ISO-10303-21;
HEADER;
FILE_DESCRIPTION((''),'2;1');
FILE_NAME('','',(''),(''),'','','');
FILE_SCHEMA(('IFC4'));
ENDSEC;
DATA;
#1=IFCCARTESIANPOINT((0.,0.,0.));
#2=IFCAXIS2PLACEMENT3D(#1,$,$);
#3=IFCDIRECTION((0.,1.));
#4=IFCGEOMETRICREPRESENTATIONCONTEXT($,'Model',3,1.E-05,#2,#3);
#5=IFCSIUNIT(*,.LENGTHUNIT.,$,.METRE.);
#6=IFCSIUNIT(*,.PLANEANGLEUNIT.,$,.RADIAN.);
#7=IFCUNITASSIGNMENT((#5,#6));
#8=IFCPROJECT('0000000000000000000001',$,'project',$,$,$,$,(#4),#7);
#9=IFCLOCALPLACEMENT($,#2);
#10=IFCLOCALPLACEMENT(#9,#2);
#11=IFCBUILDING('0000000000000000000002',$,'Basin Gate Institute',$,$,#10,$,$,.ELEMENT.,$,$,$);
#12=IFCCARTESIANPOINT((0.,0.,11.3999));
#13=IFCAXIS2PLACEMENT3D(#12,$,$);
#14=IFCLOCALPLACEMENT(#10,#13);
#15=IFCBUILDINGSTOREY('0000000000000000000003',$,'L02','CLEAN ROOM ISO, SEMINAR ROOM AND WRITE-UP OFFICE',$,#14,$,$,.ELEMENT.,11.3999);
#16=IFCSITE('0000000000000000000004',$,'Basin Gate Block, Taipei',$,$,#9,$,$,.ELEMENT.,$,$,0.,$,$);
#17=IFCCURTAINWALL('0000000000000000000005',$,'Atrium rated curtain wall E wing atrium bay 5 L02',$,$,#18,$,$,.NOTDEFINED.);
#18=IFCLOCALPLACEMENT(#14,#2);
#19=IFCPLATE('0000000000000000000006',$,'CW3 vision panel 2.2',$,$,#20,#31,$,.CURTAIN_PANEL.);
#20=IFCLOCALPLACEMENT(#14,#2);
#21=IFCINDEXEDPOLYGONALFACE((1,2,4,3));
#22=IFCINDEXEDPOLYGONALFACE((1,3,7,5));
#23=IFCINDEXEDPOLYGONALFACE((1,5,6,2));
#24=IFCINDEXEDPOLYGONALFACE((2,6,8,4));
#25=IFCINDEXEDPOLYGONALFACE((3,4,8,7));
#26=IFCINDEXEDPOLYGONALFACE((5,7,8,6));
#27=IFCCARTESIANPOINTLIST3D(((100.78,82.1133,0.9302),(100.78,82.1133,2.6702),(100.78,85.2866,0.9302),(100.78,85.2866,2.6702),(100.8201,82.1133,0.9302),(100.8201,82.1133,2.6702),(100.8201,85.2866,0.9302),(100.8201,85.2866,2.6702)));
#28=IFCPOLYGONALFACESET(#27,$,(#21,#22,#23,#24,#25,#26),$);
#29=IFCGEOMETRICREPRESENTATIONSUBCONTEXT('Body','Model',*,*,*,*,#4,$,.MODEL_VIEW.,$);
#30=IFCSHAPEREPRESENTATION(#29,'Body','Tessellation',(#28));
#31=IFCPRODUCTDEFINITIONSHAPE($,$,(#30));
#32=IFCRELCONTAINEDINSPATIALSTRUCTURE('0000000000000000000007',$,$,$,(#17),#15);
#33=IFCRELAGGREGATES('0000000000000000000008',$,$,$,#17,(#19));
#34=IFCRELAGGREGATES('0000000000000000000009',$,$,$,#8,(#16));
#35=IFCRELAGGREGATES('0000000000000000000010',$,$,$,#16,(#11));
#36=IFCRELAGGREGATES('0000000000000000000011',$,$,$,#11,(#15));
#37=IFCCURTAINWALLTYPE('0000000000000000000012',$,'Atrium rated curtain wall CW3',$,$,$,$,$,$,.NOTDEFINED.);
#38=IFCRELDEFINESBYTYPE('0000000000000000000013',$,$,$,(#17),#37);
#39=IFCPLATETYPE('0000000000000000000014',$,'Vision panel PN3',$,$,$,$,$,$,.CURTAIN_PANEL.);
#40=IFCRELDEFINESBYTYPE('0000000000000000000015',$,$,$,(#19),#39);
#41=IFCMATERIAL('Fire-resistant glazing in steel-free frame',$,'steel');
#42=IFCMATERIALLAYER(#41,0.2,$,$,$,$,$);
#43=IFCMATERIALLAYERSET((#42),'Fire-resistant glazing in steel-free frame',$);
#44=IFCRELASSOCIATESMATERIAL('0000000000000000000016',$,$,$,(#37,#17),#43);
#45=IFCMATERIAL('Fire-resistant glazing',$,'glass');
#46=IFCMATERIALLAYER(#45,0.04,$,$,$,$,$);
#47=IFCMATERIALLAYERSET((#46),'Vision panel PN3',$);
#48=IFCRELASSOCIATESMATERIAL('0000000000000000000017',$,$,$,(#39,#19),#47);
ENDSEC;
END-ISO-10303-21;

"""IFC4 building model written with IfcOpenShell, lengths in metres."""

from ifc_helpers import new_model, si_unit, direction, frame, origin, origin_2d, place, context, subcontext, project, spatial, rectangle, extrude, material, layer, layer_set, type_object, element, aggregate, save


model = new_model("IFC4")

# Units and contexts
model_context = context("Model", 3, precision=1e-05, world=origin(), true_north=direction((0.0, 1.0)))
body_context = subcontext(model_context, "Body", "Model", "MODEL_VIEW")
ifc_project = project(units=[si_unit("LENGTHUNIT", "METRE"), si_unit("PLANEANGLEUNIT", "RADIAN")], contexts=[model_context])

# Site, building, storey
site_placement = place(None, origin())
site = spatial("IfcSite", under=ifc_project, at=site_placement, Name="Basin Gate Block, Taipei", CompositionType="ELEMENT", RefElevation=0.0)
building_placement = place(site_placement, origin())
building = spatial("IfcBuilding", under=site, at=building_placement, Name="Basin Gate Institute", CompositionType="ELEMENT")
storey_placement = place(building_placement, frame((0.0, 0.0, 11.3999)))
storey = spatial("IfcBuildingStorey", under=building, at=storey_placement, Name="L02", Description="CLEAN ROOM ISO, SEMINAR ROOM AND WRITE-UP OFFICE", CompositionType="ELEMENT", Elevation=11.3999)

# Curtain wall
ifc_material_1 = material(Name="Fire-resistant glazing in steel-free frame", Category="steel")
ifc_layer_1 = layer(ifc_material_1, 0.2)
ifc_layer_set_1 = layer_set([ifc_layer_1], Name="Fire-resistant glazing in steel-free frame")
curtain_wall_type = type_object("IfcCurtainWallType", Name="Atrium rated curtain wall CW3", PredefinedType="NOTDEFINED", material=ifc_layer_set_1)
curtain_wall_1_placement = place(storey_placement, origin())
curtain_wall_1 = element("IfcCurtainWall", 1, at=curtain_wall_1_placement, inside=storey, type_object=curtain_wall_type, material=ifc_layer_set_1, Name="Atrium rated curtain wall E wing atrium bay 5 L02", PredefinedType="NOTDEFINED")

# Plate
ifc_material_2 = material(Name="Fire-resistant glazing", Category="glass")
ifc_layer_2 = layer(ifc_material_2, 0.04)
ifc_layer_set_2 = layer_set([ifc_layer_2], Name="Vision panel PN3")
plate_type_1 = type_object("IfcPlateType", Name="Vision panel PN3", PredefinedType="CURTAIN_PANEL", material=ifc_layer_set_2)
plate_1_placement = place(storey_placement, frame((100.8, 83.7, 0.9302), z_axis=(0.0, 0.0, 1.0), x_axis=(0.0, 1.0, 0.0)))
plate_1 = element("IfcPlate", 2, at=plate_1_placement, type_object=plate_type_1, material=ifc_layer_set_2, Name="CW3 vision panel 2.2", PredefinedType="CURTAIN_PANEL", context=body_context, shape_type="SweptSolid", body=[
    extrude(rectangle(XDim=3.1733, YDim=0.04, at=origin_2d()), origin(), (0.0, 0.0, 1.0), 1.74),
])
aggregate(curtain_wall_1, [plate_1])

save(model, "model.ifc")
